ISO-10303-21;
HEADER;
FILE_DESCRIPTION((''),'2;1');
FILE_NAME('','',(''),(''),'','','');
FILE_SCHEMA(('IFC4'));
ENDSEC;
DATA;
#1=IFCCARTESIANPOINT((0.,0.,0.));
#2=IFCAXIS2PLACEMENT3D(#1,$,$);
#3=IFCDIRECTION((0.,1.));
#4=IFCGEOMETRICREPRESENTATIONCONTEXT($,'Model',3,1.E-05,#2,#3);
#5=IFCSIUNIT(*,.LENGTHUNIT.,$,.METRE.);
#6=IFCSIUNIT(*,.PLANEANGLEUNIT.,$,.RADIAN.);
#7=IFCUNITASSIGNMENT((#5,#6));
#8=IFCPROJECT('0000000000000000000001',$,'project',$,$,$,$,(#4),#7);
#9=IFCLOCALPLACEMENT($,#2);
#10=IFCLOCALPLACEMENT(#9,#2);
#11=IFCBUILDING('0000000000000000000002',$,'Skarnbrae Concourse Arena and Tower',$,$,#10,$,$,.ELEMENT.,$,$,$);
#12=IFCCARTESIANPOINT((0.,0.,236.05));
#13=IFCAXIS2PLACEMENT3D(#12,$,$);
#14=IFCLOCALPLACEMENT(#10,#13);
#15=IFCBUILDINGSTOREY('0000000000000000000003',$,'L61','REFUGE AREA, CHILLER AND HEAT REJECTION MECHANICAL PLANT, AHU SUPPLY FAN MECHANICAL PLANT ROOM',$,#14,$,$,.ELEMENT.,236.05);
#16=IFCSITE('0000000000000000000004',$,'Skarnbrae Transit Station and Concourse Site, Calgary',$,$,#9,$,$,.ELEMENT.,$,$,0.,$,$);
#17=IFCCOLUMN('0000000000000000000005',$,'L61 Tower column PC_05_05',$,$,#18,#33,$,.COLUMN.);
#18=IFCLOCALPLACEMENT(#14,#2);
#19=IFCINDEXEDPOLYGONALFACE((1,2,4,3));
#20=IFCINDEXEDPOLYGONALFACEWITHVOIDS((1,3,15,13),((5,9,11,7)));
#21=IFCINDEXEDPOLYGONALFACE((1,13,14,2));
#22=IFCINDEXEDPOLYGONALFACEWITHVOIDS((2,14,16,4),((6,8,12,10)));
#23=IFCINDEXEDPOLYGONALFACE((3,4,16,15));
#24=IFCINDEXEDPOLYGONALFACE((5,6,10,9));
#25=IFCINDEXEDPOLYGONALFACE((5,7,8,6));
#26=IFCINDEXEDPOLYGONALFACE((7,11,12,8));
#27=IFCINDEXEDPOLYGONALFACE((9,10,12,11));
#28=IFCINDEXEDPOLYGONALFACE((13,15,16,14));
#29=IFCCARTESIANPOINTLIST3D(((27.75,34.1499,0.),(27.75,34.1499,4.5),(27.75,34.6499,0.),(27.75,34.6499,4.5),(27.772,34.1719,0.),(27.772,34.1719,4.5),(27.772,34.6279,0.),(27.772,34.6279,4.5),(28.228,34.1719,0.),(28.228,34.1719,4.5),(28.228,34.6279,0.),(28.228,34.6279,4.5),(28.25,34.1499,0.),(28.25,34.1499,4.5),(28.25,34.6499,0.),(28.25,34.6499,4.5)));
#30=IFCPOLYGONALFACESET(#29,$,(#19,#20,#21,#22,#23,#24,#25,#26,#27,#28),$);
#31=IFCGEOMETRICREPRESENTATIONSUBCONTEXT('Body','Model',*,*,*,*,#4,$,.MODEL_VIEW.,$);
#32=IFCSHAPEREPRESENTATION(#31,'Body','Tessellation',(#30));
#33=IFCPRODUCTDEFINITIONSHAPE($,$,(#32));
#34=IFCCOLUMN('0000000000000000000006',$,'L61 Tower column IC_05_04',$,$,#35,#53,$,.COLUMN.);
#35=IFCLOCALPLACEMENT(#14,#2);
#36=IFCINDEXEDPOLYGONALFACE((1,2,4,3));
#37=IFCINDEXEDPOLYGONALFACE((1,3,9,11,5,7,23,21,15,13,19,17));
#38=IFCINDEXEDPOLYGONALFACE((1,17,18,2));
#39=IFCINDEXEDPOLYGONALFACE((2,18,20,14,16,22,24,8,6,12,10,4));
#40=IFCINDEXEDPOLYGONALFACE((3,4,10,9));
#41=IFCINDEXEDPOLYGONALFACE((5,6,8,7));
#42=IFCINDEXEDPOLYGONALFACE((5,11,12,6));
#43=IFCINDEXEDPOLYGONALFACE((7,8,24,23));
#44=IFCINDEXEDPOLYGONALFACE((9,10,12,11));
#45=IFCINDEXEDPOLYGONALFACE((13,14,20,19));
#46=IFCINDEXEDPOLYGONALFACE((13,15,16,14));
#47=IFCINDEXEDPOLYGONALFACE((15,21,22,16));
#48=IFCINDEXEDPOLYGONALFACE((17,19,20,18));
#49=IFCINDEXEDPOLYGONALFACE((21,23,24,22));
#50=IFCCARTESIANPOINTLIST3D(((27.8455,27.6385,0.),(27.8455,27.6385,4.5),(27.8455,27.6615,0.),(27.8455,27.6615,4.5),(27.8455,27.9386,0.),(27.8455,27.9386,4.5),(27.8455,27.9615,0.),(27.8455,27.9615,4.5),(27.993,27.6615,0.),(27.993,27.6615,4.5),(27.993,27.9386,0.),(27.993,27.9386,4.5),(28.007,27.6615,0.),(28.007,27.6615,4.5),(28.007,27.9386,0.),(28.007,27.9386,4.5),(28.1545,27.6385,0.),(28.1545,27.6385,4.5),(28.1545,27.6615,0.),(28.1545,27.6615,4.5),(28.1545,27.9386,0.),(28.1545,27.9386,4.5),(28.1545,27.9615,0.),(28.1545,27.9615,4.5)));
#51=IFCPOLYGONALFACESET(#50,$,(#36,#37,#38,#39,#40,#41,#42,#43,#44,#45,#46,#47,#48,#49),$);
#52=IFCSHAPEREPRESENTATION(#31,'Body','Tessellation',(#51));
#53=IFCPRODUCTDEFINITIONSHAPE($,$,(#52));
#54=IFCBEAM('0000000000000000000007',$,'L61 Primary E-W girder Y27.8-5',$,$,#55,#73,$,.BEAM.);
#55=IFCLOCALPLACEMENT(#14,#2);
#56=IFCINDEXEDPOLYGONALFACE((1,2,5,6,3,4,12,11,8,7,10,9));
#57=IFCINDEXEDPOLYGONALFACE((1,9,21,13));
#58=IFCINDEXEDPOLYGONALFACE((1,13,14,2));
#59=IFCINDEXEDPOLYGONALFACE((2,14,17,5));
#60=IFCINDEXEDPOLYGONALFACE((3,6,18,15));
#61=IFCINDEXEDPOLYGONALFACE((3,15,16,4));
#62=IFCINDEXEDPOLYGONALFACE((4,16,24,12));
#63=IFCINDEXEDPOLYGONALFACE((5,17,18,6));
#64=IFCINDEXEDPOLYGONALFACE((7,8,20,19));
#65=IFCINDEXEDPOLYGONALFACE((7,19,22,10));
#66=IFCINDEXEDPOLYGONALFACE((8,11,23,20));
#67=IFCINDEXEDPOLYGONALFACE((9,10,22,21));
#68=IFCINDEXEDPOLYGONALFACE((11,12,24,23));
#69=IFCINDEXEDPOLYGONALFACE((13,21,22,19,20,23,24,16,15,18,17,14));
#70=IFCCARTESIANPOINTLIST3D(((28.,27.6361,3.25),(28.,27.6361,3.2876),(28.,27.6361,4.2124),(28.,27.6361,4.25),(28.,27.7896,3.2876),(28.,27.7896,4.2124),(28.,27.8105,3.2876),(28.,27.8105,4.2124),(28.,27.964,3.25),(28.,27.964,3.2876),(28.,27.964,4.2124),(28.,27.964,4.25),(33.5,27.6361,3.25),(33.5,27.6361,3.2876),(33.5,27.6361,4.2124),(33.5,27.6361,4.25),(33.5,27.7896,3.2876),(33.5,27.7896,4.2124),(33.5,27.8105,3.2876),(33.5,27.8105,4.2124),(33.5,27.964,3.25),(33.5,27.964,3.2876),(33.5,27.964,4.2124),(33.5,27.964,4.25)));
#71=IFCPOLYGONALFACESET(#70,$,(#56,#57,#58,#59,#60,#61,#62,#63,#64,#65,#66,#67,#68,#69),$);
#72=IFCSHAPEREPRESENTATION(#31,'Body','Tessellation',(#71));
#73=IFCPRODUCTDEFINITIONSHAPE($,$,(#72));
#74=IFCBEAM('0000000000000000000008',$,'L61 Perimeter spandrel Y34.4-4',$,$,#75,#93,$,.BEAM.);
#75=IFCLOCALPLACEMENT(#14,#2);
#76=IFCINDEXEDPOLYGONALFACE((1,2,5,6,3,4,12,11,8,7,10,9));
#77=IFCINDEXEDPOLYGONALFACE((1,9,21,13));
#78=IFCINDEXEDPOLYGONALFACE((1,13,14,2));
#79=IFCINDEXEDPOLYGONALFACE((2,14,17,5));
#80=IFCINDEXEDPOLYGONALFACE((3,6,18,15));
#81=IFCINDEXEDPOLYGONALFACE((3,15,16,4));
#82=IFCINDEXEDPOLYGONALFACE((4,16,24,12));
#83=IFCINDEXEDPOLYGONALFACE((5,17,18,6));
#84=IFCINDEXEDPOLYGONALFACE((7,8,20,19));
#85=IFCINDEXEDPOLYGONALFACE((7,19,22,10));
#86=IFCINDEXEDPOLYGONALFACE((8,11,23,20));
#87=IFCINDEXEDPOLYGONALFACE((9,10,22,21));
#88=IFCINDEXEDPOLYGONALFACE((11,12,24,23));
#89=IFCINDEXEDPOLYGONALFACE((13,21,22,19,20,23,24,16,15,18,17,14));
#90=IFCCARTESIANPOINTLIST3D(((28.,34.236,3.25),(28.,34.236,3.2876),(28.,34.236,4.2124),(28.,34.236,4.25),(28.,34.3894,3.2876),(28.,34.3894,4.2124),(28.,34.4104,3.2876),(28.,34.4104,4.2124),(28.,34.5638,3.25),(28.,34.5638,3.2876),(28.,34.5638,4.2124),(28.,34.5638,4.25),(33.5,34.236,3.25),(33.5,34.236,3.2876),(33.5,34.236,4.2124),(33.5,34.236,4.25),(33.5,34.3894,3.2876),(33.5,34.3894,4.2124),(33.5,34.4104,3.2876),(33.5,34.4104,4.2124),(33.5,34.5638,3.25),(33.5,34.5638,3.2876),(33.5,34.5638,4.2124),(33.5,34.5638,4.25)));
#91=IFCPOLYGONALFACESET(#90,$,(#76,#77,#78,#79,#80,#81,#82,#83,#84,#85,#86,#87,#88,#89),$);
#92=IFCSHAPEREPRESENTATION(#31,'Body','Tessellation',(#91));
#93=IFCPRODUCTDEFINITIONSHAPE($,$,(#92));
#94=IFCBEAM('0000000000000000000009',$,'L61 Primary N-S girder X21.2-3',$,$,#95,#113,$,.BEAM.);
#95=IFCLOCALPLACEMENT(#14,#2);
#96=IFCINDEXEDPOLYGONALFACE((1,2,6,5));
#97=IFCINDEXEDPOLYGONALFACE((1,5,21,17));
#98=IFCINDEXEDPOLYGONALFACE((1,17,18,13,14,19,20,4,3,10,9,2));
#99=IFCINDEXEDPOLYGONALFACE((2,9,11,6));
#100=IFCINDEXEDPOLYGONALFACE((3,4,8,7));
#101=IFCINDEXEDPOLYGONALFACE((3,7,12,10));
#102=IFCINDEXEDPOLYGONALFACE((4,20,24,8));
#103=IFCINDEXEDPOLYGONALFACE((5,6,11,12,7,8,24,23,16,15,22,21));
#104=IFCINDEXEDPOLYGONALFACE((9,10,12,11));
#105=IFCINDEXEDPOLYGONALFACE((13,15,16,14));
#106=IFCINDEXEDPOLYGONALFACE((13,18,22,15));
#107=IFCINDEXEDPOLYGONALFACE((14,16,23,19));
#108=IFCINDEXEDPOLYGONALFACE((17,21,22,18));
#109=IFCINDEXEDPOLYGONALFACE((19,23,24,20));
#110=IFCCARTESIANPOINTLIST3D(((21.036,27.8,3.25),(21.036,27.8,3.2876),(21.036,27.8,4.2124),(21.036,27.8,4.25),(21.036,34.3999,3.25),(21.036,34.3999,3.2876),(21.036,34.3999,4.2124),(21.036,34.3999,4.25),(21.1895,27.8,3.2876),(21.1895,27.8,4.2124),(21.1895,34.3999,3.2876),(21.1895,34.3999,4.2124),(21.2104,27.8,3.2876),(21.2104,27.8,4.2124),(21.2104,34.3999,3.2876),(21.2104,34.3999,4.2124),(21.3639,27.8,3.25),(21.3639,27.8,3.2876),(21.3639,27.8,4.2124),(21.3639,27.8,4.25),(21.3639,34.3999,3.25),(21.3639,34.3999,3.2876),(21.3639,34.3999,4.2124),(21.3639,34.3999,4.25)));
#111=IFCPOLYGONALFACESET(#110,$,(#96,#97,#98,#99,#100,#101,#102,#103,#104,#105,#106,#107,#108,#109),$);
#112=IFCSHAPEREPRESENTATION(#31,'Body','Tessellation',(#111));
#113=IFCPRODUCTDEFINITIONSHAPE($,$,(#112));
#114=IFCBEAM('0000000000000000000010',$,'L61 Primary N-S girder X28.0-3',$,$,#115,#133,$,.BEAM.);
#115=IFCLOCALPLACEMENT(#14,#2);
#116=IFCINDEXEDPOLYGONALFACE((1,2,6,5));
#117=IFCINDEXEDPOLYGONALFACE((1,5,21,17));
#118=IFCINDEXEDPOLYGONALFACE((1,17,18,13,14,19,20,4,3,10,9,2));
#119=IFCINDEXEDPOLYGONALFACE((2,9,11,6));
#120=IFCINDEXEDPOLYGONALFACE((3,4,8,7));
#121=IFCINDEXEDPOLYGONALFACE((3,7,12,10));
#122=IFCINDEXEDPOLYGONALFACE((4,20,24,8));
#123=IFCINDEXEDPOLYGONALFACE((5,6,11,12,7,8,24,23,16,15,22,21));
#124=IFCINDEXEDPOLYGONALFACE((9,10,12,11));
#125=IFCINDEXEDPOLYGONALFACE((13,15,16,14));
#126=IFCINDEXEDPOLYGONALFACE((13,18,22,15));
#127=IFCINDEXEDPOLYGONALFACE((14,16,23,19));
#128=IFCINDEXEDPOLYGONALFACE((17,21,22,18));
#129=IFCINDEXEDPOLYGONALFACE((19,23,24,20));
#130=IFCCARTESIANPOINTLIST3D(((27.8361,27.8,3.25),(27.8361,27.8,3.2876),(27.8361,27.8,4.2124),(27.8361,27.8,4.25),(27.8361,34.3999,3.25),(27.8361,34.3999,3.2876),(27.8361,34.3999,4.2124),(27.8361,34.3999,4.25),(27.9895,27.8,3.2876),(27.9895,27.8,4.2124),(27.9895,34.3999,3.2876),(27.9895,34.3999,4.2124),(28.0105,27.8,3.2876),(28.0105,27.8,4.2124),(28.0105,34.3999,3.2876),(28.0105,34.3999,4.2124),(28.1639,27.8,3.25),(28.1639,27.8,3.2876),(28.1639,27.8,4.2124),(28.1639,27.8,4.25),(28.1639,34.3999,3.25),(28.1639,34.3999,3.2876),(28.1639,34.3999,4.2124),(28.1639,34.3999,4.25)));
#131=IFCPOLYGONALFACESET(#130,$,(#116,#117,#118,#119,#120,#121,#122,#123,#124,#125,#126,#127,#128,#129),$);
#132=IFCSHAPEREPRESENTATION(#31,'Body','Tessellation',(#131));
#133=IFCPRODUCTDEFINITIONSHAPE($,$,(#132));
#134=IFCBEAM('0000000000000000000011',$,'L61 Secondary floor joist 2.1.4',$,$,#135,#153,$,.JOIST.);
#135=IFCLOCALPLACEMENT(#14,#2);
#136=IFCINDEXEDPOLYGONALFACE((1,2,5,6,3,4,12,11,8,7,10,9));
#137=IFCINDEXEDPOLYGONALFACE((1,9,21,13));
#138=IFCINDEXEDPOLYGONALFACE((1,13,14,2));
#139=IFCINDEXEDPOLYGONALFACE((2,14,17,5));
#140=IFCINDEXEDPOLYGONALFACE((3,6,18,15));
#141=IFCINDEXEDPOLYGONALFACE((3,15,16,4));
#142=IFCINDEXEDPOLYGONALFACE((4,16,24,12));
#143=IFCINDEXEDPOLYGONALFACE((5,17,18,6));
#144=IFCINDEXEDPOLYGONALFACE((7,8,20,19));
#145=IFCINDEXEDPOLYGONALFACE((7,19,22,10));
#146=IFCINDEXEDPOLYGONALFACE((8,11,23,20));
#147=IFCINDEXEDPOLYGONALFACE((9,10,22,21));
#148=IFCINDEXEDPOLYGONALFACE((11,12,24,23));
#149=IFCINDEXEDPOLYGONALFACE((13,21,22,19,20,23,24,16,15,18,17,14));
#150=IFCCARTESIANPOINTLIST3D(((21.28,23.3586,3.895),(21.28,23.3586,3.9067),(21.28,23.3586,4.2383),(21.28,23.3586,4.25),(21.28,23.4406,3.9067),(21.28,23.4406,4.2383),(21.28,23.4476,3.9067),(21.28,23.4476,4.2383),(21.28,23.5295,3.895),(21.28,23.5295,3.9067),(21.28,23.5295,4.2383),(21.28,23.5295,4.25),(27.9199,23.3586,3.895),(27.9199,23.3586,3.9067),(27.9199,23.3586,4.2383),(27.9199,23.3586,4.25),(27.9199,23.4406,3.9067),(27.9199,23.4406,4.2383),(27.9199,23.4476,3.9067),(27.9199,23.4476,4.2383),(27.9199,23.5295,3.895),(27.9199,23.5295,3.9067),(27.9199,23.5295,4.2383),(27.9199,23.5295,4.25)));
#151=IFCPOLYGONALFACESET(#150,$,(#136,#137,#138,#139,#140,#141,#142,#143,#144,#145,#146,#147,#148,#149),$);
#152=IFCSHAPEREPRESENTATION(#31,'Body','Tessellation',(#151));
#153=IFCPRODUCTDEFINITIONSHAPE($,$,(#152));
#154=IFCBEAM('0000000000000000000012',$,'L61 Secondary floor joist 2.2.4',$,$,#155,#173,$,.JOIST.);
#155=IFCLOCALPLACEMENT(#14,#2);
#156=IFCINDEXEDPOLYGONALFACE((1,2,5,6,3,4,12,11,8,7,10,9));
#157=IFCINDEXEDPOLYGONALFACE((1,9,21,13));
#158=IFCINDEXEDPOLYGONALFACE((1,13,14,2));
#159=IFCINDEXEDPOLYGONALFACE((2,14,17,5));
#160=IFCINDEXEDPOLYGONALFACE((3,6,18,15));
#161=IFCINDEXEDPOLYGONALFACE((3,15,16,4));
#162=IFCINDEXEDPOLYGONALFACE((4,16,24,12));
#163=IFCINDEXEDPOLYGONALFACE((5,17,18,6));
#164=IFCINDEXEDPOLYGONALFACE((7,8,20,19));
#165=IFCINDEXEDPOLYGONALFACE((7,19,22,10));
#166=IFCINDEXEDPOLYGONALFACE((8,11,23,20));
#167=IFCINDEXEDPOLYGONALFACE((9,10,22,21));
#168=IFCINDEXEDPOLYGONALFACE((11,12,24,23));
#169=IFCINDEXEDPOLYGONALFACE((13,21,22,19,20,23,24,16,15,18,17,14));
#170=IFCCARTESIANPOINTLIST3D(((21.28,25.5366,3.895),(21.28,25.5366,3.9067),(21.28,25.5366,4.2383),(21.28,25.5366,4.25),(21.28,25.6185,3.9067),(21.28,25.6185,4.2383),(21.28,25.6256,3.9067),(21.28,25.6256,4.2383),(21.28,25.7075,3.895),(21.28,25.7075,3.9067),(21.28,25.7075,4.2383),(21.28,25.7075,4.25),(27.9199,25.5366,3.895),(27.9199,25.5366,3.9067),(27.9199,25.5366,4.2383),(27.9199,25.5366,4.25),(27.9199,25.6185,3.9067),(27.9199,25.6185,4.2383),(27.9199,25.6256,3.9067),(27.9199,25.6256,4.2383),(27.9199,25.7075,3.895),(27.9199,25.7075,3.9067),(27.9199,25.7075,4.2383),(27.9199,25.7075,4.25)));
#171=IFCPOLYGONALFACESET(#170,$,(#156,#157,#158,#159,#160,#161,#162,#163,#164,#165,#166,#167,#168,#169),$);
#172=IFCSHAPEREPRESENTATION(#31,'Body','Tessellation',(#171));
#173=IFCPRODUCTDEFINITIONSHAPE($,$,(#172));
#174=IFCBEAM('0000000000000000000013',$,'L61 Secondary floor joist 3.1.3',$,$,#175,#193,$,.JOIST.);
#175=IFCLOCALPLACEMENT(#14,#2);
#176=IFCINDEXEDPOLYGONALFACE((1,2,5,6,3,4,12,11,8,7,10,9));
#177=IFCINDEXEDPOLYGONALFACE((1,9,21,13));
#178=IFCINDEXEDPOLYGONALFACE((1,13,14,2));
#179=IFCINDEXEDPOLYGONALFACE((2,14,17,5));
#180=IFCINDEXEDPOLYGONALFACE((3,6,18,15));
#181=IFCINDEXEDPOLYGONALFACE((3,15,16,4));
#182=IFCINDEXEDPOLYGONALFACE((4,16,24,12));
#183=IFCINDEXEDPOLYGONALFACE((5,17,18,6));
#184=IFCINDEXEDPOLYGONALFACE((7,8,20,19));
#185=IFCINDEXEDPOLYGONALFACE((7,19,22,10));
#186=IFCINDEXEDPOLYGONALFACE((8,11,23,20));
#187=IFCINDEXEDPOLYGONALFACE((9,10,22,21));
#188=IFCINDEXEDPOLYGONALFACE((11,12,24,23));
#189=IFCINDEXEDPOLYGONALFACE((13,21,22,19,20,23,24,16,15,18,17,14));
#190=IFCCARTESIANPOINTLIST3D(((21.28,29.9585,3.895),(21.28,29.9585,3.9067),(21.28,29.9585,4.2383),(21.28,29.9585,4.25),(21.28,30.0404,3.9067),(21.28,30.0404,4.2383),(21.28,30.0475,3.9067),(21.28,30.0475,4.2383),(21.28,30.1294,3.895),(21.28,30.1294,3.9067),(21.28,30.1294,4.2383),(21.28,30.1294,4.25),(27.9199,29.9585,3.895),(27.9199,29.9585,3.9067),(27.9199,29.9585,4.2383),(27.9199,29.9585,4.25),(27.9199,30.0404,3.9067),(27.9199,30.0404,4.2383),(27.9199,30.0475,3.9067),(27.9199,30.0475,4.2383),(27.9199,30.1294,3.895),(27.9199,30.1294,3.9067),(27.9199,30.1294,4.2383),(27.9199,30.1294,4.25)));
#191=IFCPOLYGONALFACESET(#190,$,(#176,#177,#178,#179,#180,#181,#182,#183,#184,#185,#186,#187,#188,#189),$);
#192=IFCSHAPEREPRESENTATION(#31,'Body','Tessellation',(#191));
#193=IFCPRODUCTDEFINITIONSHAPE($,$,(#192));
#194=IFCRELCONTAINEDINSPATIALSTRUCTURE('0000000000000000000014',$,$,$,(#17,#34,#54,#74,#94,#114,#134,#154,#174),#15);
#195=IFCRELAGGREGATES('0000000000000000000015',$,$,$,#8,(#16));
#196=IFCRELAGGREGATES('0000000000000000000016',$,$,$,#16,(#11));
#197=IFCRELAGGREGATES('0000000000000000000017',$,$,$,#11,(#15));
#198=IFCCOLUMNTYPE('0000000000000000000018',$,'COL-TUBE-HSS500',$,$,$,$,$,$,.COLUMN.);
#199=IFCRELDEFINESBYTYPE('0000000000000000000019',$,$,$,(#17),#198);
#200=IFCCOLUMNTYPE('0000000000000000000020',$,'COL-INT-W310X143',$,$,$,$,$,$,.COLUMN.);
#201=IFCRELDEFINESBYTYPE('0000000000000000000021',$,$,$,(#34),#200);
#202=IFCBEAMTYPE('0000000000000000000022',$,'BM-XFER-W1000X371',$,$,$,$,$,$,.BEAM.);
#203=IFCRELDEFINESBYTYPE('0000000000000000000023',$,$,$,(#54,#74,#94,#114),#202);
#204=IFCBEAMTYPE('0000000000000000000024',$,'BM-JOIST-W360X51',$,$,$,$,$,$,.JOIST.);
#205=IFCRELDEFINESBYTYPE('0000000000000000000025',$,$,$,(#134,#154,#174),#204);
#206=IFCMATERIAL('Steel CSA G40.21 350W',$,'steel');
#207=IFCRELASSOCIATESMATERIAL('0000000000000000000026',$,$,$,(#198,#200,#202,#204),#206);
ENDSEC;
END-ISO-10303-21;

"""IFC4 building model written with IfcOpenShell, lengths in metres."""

from ifc_helpers import new_model, si_unit, direction, frame, origin, origin_2d, place, context, subcontext, project, spatial, hollow_rectangle, i_section, extrude, source, transform, mapped, material, material_profile, profile_set, type_object, element, save


model = new_model("IFC4")

# Units and contexts
model_context = context("Model", 3, precision=1e-05, world=origin(), true_north=direction((0.0, 1.0)))
body_context = subcontext(model_context, "Body", "Model", "MODEL_VIEW")
ifc_project = project(units=[si_unit("LENGTHUNIT", "METRE"), si_unit("PLANEANGLEUNIT", "RADIAN")], contexts=[model_context])

# Site, building, storey
site_placement = place(None, origin())
site = spatial("IfcSite", under=ifc_project, at=site_placement, Name="Skarnbrae Transit Station and Concourse Site, Calgary", CompositionType="ELEMENT", RefElevation=0.0)
building_placement = place(site_placement, origin())
building = spatial("IfcBuilding", under=site, at=building_placement, Name="Skarnbrae Concourse Arena and Tower", CompositionType="ELEMENT")
storey_placement = place(building_placement, frame((0.0, 0.0, 236.05)))
storey = spatial("IfcBuildingStorey", under=building, at=storey_placement, Name="L61", Description="REFUGE AREA, CHILLER AND HEAT REJECTION MECHANICAL PLANT, AHU SUPPLY FAN MECHANICAL PLANT ROOM", CompositionType="ELEMENT", Elevation=236.05)

# Columns
ifc_material_1 = material(Name="Steel CSA G40.21 350W", Category="steel")
ifc_material_profile_1 = material_profile(ifc_material_1, hollow_rectangle(XDim=0.5, YDim=0.5, WallThickness=0.022, at=origin_2d()), Name="HSS500X500X22.0")
ifc_profile_set_1 = profile_set([ifc_material_profile_1], Name="Steel CSA G40.21 350W")
column_type_1 = type_object("IfcColumnType", Name="COL-TUBE-HSS500", PredefinedType="COLUMN", material=ifc_profile_set_1)
shared_shape_1 = source(origin(), body_context, "Body", "SweptSolid", [
    extrude(hollow_rectangle(XDim=0.5, YDim=0.5, WallThickness=0.022, at=origin_2d()), origin(), (0.0, 0.0, 1.0), 4.5),
])
column_1_placement = place(storey_placement, frame((28.0, 34.3999, 0.0), z_axis=(0.0, 0.0, 1.0), x_axis=(1.0, 0.0, 0.0)))
element("IfcColumn", 1, at=column_1_placement, inside=storey, type_object=column_type_1, Name="L61 Tower column PC_05_05", PredefinedType="COLUMN", context=body_context, shape_type="MappedRepresentation", body=[
    mapped(shared_shape_1, transform((0.0, 0.0, 0.0))),
])
ifc_material_profile_2 = material_profile(ifc_material_1, i_section(OverallWidth=0.3091, OverallDepth=0.323, WebThickness=0.0139, FlangeThickness=0.0229, at=origin_2d()), Name="W310X143")
ifc_profile_set_2 = profile_set([ifc_material_profile_2], Name="Steel CSA G40.21 350W")
column_type_2 = type_object("IfcColumnType", Name="COL-INT-W310X143", PredefinedType="COLUMN", material=ifc_profile_set_2)
shared_shape_2 = source(origin(), body_context, "Body", "SweptSolid", [
    extrude(i_section(OverallWidth=0.3091, OverallDepth=0.323, WebThickness=0.0139, FlangeThickness=0.0229, at=origin_2d()), origin(), (0.0, 0.0, 1.0), 4.5),
])
column_2_placement = place(storey_placement, frame((28.0, 27.8, 0.0), z_axis=(0.0, 0.0, 1.0), x_axis=(1.0, 0.0, 0.0)))
element("IfcColumn", 2, at=column_2_placement, inside=storey, type_object=column_type_2, Name="L61 Tower column IC_05_04", PredefinedType="COLUMN", context=body_context, shape_type="MappedRepresentation", body=[
    mapped(shared_shape_2, transform((0.0, 0.0, 0.0))),
])

# Beams
ifc_material_profile_3 = material_profile(ifc_material_1, i_section(OverallWidth=0.3279, OverallDepth=1.0, WebThickness=0.021, FlangeThickness=0.0376, at=origin_2d()), Name="W1000X371")
ifc_profile_set_3 = profile_set([ifc_material_profile_3], Name="Steel CSA G40.21 350W")
beam_type_1 = type_object("IfcBeamType", Name="BM-XFER-W1000X371", PredefinedType="BEAM", material=ifc_profile_set_3)
shared_shape_3 = source(origin(), body_context, "Body", "SweptSolid", [
    extrude(i_section(OverallWidth=0.3279, OverallDepth=1.0, WebThickness=0.021, FlangeThickness=0.0376, at=origin_2d()), origin(), (0.0, 0.0, 1.0), 5.5),
])
for number, where, z_axis, x_axis, name in (
    (3, (28.0, 27.8, 3.75), (1.0, 0.0, 0.0), (0.0, 1.0, 0.0), "L61 Primary E-W girder Y27.8-5"),
    (4, (28.0, 34.3999, 3.75), (1.0, 0.0, 0.0), (0.0, 1.0, 0.0), "L61 Perimeter spandrel Y34.4-4"),
):
    element("IfcBeam", number, at=place(storey_placement, frame(where, z_axis=z_axis, x_axis=x_axis)), inside=storey, type_object=beam_type_1, Name=name, PredefinedType="BEAM", context=body_context, shape_type="MappedRepresentation", body=[
        mapped(shared_shape_3, transform((0.0, 0.0, 0.0))),
    ])
shared_shape_4 = source(origin(), body_context, "Body", "SweptSolid", [
    extrude(i_section(OverallWidth=0.3279, OverallDepth=1.0, WebThickness=0.021, FlangeThickness=0.0376, at=origin_2d()), origin(), (0.0, 0.0, 1.0), 6.5999),
])
for number, where, z_axis, x_axis, name in (
    (5, (21.2, 27.8, 3.75), (0.0, 1.0, 0.0), (-1.0, 0.0, 0.0), "L61 Primary N-S girder X21.2-3"),
    (6, (28.0, 27.8, 3.75), (0.0, 1.0, 0.0), (-1.0, 0.0, 0.0), "L61 Primary N-S girder X28.0-3"),
):
    element("IfcBeam", number, at=place(storey_placement, frame(where, z_axis=z_axis, x_axis=x_axis)), inside=storey, type_object=beam_type_1, Name=name, PredefinedType="BEAM", context=body_context, shape_type="MappedRepresentation", body=[
        mapped(shared_shape_4, transform((0.0, 0.0, 0.0))),
    ])
ifc_material_profile_4 = material_profile(ifc_material_1, i_section(OverallWidth=0.1709, OverallDepth=0.355, WebThickness=0.0071, FlangeThickness=0.0117, at=origin_2d()), Name="W360X51")
ifc_profile_set_4 = profile_set([ifc_material_profile_4], Name="Steel CSA G40.21 350W")
beam_type_2 = type_object("IfcBeamType", Name="BM-JOIST-W360X51", PredefinedType="JOIST", material=ifc_profile_set_4)
shared_shape_5 = source(origin(), body_context, "Body", "SweptSolid", [
    extrude(i_section(OverallWidth=0.1709, OverallDepth=0.355, WebThickness=0.0071, FlangeThickness=0.0117, at=origin_2d()), origin(), (0.0, 0.0, 1.0), 6.6399),
])
for number, where, z_axis, x_axis, name in (
    (7, (21.28, 23.4441, 4.0725), (1.0, 0.0, 0.0), (0.0, 1.0, 0.0), "L61 Secondary floor joist 2.1.4"),
    (8, (21.28, 25.6221, 4.0725), (1.0, 0.0, 0.0), (0.0, 1.0, 0.0), "L61 Secondary floor joist 2.2.4"),
    (9, (21.28, 30.0439, 4.0725), (1.0, 0.0, 0.0), (0.0, 1.0, 0.0), "L61 Secondary floor joist 3.1.3"),
):
    element("IfcBeam", number, at=place(storey_placement, frame(where, z_axis=z_axis, x_axis=x_axis)), inside=storey, type_object=beam_type_2, Name=name, PredefinedType="JOIST", context=body_context, shape_type="MappedRepresentation", body=[
        mapped(shared_shape_5, transform((0.0, 0.0, 0.0))),
    ])

save(model, "model.ifc")
